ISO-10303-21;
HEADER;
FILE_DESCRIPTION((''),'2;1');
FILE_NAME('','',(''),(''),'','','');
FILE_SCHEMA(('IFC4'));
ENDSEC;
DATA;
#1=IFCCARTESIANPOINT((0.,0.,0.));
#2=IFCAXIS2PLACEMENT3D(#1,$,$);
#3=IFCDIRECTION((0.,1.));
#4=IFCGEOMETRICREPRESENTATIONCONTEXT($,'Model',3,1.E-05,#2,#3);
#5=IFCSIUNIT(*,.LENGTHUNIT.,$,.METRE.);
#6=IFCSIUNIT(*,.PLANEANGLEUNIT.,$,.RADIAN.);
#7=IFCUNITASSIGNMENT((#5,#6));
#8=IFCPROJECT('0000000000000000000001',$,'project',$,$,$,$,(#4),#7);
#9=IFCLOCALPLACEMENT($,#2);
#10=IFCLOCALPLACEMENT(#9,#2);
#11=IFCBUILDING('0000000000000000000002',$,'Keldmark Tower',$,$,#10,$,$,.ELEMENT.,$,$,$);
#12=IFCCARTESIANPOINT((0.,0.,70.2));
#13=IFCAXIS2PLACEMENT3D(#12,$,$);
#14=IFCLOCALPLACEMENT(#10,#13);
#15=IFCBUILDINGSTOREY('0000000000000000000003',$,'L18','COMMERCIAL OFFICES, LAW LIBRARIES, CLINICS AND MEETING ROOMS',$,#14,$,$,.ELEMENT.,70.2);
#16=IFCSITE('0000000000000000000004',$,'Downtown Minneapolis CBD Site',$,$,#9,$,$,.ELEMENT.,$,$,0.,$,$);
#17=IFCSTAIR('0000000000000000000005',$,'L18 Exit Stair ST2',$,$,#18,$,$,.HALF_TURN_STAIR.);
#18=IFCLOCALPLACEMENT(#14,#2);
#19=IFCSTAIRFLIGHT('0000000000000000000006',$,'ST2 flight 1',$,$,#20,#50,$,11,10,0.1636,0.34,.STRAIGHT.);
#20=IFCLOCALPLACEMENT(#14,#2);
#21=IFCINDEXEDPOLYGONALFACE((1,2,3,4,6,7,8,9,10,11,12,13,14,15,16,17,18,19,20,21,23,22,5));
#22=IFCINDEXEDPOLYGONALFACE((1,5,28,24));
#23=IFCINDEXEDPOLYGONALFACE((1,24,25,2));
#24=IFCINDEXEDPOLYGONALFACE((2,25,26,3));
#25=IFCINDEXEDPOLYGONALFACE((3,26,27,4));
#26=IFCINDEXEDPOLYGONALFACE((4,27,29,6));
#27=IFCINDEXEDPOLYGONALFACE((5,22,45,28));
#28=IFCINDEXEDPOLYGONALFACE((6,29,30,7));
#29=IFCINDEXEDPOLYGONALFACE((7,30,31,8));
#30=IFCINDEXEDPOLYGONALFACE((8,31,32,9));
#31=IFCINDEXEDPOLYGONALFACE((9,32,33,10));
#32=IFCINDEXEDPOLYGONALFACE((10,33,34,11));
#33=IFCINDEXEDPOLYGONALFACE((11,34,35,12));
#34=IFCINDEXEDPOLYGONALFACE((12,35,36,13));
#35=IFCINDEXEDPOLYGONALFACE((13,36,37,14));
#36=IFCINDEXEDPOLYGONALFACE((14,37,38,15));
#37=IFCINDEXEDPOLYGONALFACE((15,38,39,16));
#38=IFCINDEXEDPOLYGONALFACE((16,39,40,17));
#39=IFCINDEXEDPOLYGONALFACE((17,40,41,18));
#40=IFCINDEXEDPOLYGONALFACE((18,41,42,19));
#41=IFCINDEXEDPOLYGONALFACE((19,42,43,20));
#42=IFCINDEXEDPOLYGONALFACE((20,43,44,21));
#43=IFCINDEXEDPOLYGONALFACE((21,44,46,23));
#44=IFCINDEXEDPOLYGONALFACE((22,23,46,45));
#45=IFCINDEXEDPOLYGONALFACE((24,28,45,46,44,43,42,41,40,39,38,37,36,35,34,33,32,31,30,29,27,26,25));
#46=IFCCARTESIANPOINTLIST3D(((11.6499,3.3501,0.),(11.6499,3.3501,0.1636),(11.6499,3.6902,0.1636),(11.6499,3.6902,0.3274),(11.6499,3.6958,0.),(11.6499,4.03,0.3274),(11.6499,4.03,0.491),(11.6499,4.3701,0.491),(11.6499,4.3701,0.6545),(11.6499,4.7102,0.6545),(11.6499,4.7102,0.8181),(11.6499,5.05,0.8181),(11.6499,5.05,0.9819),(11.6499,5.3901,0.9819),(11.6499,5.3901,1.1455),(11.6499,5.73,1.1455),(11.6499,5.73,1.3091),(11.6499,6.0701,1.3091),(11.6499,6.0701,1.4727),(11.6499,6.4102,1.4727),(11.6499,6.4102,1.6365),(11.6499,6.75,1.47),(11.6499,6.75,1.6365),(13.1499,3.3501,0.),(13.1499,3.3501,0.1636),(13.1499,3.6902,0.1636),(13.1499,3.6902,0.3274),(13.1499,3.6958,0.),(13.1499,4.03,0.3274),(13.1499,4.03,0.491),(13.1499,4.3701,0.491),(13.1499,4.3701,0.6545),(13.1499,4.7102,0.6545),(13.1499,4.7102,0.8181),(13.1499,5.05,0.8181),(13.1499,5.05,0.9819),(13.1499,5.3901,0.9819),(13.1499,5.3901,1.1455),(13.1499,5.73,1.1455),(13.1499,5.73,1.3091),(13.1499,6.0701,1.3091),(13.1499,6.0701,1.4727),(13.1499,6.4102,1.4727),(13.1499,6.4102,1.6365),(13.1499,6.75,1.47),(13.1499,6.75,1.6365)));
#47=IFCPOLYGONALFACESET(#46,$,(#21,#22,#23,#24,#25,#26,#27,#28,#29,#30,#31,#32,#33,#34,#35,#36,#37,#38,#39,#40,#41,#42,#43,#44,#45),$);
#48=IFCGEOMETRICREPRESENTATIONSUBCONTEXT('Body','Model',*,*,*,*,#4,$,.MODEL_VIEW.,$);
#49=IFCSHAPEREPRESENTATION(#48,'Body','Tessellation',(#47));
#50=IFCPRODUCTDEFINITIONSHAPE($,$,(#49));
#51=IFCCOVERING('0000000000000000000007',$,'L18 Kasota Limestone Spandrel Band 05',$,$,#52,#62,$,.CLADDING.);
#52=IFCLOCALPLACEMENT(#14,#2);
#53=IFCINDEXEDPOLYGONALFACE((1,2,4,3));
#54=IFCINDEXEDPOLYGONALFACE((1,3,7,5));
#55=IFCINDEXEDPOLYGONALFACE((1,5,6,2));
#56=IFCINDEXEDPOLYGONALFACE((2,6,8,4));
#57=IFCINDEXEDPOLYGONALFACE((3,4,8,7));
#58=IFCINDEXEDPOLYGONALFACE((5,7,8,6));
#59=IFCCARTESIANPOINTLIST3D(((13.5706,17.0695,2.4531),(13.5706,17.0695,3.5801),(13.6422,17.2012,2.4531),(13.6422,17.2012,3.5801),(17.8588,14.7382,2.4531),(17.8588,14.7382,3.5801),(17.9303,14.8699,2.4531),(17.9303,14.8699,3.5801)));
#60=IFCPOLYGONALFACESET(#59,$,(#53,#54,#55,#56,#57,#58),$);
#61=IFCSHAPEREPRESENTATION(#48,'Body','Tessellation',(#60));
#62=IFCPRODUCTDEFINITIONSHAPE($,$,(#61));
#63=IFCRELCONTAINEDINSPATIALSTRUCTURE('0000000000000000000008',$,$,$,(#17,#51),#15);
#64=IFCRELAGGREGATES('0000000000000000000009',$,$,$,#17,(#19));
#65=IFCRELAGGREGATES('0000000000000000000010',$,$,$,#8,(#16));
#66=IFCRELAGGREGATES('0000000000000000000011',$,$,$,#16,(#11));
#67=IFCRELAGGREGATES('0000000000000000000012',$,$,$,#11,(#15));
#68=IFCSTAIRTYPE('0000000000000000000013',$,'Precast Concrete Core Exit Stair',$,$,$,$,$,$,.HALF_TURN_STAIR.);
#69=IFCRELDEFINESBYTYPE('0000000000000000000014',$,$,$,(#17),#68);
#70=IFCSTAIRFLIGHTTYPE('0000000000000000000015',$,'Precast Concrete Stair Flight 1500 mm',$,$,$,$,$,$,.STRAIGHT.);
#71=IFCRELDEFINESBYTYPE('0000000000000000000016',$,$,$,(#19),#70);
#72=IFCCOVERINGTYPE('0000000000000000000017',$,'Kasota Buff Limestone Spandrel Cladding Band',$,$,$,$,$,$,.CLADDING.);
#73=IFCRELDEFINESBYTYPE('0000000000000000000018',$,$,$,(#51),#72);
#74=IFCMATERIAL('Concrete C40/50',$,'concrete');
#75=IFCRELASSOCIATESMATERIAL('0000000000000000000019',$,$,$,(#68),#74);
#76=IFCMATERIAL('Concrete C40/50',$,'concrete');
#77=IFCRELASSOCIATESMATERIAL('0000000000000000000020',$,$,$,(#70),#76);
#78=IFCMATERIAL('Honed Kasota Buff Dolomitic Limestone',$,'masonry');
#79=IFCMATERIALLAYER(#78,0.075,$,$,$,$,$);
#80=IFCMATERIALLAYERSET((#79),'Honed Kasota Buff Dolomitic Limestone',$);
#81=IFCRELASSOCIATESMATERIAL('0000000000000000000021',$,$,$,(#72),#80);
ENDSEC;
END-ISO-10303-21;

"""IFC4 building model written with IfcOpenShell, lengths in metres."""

from ifc_helpers import new_model, si_unit, direction, frame, origin, origin_2d, place, context, subcontext, project, spatial, polyline, rectangle, outline, extrude, material, layer, layer_set, type_object, element, aggregate, save


model = new_model("IFC4")

# Units and contexts
model_context = context("Model", 3, precision=1e-05, world=origin(), true_north=direction((0.0, 1.0)))
body_context = subcontext(model_context, "Body", "Model", "MODEL_VIEW")
ifc_project = project(units=[si_unit("LENGTHUNIT", "METRE"), si_unit("PLANEANGLEUNIT", "RADIAN")], contexts=[model_context])

# Site, building, storey
site_placement = place(None, origin())
site = spatial("IfcSite", under=ifc_project, at=site_placement, Name="Downtown Minneapolis CBD Site", CompositionType="ELEMENT", RefElevation=0.0)
building_placement = place(site_placement, origin())
building = spatial("IfcBuilding", under=site, at=building_placement, Name="Keldmark Tower", CompositionType="ELEMENT")
storey_placement = place(building_placement, frame((0.0, 0.0, 70.2)))
storey = spatial("IfcBuildingStorey", under=building, at=storey_placement, Name="L18", Description="COMMERCIAL OFFICES, LAW LIBRARIES, CLINICS AND MEETING ROOMS", CompositionType="ELEMENT", Elevation=70.2)

# Stair, stair flight
ifc_material_1 = material(Name="Concrete C40/50", Category="concrete")
stair_type = type_object("IfcStairType", Name="Precast Concrete Core Exit Stair", PredefinedType="HALF_TURN_STAIR", material=ifc_material_1)
stair_placement = place(storey_placement, origin())
stair = element("IfcStair", 1, at=stair_placement, inside=storey, type_object=stair_type, Name="L18 Exit Stair ST2", PredefinedType="HALF_TURN_STAIR")
ifc_material_2 = material(Name="Concrete C40/50", Category="concrete")
stair_flight_type = type_object("IfcStairFlightType", Name="Precast Concrete Stair Flight 1500 mm", PredefinedType="STRAIGHT", material=ifc_material_2)
stair_flight_placement = place(storey_placement, frame((12.3999, 3.3501, 0.0), z_axis=(0.0, 0.0, 1.0), x_axis=(0.0, 1.0, 0.0)))
stair_flight = element("IfcStairFlight", 2, at=stair_flight_placement, type_object=stair_flight_type, Name="ST2 flight 1", NumberOfRisers=11, NumberOfTreads=10, PredefinedType="STRAIGHT", RiserHeight=0.1636, TreadLength=0.34, context=body_context, shape_type="SweptSolid", body=[
    extrude(outline(polyline([(0.0, 0.0), (0.0, 0.1636), (0.3401, 0.1636), (0.3401, 0.3274), (0.6799, 0.3274), (0.6799, 0.491), (1.02, 0.491), (1.02, 0.6545), (1.3601, 0.6545), (1.3601, 0.8181), (1.7, 0.8181), (1.7, 0.9819), (2.04, 0.9819), (2.04, 1.1455), (2.3799, 1.1455), (2.3799, 1.3091), (2.72, 1.3091), (2.72, 1.4727), (3.0601, 1.4727), (3.0601, 1.6365), (3.3999, 1.6365), (3.3999, 1.8), (3.3999, 1.47), (0.3457, 0.0), (0.0, 0.0)])), frame((0.0, 0.75, 0.0), z_axis=(0.0, -1.0, 0.0), x_axis=(1.0, 0.0, 0.0)), (0.0, 0.0, 1.0), 1.5),
])
aggregate(stair, [stair_flight])

# Covering
ifc_material_3 = material(Name="Honed Kasota Buff Dolomitic Limestone", Category="masonry")
ifc_layer_1 = layer(ifc_material_3, 0.075)
ifc_layer_set_1 = layer_set([ifc_layer_1], Name="Honed Kasota Buff Dolomitic Limestone")
covering_type = type_object("IfcCoveringType", Name="Kasota Buff Limestone Spandrel Cladding Band", PredefinedType="CLADDING", material=ifc_layer_set_1)
covering_placement = place(storey_placement, frame((15.7505, 15.9697, 2.4531), z_axis=(0.0, 0.0, 1.0), x_axis=(-0.878559, 0.477634, 0.0)))
element("IfcCovering", 3, at=covering_placement, inside=storey, type_object=covering_type, Name="L18 Kasota Limestone Spandrel Band 05", PredefinedType="CLADDING", context=body_context, shape_type="SweptSolid", body=[
    extrude(rectangle(XDim=4.8809, YDim=0.1499, at=origin_2d()), origin(), (0.0, 0.0, 1.0), 1.127),
])

save(model, "model.ifc")
